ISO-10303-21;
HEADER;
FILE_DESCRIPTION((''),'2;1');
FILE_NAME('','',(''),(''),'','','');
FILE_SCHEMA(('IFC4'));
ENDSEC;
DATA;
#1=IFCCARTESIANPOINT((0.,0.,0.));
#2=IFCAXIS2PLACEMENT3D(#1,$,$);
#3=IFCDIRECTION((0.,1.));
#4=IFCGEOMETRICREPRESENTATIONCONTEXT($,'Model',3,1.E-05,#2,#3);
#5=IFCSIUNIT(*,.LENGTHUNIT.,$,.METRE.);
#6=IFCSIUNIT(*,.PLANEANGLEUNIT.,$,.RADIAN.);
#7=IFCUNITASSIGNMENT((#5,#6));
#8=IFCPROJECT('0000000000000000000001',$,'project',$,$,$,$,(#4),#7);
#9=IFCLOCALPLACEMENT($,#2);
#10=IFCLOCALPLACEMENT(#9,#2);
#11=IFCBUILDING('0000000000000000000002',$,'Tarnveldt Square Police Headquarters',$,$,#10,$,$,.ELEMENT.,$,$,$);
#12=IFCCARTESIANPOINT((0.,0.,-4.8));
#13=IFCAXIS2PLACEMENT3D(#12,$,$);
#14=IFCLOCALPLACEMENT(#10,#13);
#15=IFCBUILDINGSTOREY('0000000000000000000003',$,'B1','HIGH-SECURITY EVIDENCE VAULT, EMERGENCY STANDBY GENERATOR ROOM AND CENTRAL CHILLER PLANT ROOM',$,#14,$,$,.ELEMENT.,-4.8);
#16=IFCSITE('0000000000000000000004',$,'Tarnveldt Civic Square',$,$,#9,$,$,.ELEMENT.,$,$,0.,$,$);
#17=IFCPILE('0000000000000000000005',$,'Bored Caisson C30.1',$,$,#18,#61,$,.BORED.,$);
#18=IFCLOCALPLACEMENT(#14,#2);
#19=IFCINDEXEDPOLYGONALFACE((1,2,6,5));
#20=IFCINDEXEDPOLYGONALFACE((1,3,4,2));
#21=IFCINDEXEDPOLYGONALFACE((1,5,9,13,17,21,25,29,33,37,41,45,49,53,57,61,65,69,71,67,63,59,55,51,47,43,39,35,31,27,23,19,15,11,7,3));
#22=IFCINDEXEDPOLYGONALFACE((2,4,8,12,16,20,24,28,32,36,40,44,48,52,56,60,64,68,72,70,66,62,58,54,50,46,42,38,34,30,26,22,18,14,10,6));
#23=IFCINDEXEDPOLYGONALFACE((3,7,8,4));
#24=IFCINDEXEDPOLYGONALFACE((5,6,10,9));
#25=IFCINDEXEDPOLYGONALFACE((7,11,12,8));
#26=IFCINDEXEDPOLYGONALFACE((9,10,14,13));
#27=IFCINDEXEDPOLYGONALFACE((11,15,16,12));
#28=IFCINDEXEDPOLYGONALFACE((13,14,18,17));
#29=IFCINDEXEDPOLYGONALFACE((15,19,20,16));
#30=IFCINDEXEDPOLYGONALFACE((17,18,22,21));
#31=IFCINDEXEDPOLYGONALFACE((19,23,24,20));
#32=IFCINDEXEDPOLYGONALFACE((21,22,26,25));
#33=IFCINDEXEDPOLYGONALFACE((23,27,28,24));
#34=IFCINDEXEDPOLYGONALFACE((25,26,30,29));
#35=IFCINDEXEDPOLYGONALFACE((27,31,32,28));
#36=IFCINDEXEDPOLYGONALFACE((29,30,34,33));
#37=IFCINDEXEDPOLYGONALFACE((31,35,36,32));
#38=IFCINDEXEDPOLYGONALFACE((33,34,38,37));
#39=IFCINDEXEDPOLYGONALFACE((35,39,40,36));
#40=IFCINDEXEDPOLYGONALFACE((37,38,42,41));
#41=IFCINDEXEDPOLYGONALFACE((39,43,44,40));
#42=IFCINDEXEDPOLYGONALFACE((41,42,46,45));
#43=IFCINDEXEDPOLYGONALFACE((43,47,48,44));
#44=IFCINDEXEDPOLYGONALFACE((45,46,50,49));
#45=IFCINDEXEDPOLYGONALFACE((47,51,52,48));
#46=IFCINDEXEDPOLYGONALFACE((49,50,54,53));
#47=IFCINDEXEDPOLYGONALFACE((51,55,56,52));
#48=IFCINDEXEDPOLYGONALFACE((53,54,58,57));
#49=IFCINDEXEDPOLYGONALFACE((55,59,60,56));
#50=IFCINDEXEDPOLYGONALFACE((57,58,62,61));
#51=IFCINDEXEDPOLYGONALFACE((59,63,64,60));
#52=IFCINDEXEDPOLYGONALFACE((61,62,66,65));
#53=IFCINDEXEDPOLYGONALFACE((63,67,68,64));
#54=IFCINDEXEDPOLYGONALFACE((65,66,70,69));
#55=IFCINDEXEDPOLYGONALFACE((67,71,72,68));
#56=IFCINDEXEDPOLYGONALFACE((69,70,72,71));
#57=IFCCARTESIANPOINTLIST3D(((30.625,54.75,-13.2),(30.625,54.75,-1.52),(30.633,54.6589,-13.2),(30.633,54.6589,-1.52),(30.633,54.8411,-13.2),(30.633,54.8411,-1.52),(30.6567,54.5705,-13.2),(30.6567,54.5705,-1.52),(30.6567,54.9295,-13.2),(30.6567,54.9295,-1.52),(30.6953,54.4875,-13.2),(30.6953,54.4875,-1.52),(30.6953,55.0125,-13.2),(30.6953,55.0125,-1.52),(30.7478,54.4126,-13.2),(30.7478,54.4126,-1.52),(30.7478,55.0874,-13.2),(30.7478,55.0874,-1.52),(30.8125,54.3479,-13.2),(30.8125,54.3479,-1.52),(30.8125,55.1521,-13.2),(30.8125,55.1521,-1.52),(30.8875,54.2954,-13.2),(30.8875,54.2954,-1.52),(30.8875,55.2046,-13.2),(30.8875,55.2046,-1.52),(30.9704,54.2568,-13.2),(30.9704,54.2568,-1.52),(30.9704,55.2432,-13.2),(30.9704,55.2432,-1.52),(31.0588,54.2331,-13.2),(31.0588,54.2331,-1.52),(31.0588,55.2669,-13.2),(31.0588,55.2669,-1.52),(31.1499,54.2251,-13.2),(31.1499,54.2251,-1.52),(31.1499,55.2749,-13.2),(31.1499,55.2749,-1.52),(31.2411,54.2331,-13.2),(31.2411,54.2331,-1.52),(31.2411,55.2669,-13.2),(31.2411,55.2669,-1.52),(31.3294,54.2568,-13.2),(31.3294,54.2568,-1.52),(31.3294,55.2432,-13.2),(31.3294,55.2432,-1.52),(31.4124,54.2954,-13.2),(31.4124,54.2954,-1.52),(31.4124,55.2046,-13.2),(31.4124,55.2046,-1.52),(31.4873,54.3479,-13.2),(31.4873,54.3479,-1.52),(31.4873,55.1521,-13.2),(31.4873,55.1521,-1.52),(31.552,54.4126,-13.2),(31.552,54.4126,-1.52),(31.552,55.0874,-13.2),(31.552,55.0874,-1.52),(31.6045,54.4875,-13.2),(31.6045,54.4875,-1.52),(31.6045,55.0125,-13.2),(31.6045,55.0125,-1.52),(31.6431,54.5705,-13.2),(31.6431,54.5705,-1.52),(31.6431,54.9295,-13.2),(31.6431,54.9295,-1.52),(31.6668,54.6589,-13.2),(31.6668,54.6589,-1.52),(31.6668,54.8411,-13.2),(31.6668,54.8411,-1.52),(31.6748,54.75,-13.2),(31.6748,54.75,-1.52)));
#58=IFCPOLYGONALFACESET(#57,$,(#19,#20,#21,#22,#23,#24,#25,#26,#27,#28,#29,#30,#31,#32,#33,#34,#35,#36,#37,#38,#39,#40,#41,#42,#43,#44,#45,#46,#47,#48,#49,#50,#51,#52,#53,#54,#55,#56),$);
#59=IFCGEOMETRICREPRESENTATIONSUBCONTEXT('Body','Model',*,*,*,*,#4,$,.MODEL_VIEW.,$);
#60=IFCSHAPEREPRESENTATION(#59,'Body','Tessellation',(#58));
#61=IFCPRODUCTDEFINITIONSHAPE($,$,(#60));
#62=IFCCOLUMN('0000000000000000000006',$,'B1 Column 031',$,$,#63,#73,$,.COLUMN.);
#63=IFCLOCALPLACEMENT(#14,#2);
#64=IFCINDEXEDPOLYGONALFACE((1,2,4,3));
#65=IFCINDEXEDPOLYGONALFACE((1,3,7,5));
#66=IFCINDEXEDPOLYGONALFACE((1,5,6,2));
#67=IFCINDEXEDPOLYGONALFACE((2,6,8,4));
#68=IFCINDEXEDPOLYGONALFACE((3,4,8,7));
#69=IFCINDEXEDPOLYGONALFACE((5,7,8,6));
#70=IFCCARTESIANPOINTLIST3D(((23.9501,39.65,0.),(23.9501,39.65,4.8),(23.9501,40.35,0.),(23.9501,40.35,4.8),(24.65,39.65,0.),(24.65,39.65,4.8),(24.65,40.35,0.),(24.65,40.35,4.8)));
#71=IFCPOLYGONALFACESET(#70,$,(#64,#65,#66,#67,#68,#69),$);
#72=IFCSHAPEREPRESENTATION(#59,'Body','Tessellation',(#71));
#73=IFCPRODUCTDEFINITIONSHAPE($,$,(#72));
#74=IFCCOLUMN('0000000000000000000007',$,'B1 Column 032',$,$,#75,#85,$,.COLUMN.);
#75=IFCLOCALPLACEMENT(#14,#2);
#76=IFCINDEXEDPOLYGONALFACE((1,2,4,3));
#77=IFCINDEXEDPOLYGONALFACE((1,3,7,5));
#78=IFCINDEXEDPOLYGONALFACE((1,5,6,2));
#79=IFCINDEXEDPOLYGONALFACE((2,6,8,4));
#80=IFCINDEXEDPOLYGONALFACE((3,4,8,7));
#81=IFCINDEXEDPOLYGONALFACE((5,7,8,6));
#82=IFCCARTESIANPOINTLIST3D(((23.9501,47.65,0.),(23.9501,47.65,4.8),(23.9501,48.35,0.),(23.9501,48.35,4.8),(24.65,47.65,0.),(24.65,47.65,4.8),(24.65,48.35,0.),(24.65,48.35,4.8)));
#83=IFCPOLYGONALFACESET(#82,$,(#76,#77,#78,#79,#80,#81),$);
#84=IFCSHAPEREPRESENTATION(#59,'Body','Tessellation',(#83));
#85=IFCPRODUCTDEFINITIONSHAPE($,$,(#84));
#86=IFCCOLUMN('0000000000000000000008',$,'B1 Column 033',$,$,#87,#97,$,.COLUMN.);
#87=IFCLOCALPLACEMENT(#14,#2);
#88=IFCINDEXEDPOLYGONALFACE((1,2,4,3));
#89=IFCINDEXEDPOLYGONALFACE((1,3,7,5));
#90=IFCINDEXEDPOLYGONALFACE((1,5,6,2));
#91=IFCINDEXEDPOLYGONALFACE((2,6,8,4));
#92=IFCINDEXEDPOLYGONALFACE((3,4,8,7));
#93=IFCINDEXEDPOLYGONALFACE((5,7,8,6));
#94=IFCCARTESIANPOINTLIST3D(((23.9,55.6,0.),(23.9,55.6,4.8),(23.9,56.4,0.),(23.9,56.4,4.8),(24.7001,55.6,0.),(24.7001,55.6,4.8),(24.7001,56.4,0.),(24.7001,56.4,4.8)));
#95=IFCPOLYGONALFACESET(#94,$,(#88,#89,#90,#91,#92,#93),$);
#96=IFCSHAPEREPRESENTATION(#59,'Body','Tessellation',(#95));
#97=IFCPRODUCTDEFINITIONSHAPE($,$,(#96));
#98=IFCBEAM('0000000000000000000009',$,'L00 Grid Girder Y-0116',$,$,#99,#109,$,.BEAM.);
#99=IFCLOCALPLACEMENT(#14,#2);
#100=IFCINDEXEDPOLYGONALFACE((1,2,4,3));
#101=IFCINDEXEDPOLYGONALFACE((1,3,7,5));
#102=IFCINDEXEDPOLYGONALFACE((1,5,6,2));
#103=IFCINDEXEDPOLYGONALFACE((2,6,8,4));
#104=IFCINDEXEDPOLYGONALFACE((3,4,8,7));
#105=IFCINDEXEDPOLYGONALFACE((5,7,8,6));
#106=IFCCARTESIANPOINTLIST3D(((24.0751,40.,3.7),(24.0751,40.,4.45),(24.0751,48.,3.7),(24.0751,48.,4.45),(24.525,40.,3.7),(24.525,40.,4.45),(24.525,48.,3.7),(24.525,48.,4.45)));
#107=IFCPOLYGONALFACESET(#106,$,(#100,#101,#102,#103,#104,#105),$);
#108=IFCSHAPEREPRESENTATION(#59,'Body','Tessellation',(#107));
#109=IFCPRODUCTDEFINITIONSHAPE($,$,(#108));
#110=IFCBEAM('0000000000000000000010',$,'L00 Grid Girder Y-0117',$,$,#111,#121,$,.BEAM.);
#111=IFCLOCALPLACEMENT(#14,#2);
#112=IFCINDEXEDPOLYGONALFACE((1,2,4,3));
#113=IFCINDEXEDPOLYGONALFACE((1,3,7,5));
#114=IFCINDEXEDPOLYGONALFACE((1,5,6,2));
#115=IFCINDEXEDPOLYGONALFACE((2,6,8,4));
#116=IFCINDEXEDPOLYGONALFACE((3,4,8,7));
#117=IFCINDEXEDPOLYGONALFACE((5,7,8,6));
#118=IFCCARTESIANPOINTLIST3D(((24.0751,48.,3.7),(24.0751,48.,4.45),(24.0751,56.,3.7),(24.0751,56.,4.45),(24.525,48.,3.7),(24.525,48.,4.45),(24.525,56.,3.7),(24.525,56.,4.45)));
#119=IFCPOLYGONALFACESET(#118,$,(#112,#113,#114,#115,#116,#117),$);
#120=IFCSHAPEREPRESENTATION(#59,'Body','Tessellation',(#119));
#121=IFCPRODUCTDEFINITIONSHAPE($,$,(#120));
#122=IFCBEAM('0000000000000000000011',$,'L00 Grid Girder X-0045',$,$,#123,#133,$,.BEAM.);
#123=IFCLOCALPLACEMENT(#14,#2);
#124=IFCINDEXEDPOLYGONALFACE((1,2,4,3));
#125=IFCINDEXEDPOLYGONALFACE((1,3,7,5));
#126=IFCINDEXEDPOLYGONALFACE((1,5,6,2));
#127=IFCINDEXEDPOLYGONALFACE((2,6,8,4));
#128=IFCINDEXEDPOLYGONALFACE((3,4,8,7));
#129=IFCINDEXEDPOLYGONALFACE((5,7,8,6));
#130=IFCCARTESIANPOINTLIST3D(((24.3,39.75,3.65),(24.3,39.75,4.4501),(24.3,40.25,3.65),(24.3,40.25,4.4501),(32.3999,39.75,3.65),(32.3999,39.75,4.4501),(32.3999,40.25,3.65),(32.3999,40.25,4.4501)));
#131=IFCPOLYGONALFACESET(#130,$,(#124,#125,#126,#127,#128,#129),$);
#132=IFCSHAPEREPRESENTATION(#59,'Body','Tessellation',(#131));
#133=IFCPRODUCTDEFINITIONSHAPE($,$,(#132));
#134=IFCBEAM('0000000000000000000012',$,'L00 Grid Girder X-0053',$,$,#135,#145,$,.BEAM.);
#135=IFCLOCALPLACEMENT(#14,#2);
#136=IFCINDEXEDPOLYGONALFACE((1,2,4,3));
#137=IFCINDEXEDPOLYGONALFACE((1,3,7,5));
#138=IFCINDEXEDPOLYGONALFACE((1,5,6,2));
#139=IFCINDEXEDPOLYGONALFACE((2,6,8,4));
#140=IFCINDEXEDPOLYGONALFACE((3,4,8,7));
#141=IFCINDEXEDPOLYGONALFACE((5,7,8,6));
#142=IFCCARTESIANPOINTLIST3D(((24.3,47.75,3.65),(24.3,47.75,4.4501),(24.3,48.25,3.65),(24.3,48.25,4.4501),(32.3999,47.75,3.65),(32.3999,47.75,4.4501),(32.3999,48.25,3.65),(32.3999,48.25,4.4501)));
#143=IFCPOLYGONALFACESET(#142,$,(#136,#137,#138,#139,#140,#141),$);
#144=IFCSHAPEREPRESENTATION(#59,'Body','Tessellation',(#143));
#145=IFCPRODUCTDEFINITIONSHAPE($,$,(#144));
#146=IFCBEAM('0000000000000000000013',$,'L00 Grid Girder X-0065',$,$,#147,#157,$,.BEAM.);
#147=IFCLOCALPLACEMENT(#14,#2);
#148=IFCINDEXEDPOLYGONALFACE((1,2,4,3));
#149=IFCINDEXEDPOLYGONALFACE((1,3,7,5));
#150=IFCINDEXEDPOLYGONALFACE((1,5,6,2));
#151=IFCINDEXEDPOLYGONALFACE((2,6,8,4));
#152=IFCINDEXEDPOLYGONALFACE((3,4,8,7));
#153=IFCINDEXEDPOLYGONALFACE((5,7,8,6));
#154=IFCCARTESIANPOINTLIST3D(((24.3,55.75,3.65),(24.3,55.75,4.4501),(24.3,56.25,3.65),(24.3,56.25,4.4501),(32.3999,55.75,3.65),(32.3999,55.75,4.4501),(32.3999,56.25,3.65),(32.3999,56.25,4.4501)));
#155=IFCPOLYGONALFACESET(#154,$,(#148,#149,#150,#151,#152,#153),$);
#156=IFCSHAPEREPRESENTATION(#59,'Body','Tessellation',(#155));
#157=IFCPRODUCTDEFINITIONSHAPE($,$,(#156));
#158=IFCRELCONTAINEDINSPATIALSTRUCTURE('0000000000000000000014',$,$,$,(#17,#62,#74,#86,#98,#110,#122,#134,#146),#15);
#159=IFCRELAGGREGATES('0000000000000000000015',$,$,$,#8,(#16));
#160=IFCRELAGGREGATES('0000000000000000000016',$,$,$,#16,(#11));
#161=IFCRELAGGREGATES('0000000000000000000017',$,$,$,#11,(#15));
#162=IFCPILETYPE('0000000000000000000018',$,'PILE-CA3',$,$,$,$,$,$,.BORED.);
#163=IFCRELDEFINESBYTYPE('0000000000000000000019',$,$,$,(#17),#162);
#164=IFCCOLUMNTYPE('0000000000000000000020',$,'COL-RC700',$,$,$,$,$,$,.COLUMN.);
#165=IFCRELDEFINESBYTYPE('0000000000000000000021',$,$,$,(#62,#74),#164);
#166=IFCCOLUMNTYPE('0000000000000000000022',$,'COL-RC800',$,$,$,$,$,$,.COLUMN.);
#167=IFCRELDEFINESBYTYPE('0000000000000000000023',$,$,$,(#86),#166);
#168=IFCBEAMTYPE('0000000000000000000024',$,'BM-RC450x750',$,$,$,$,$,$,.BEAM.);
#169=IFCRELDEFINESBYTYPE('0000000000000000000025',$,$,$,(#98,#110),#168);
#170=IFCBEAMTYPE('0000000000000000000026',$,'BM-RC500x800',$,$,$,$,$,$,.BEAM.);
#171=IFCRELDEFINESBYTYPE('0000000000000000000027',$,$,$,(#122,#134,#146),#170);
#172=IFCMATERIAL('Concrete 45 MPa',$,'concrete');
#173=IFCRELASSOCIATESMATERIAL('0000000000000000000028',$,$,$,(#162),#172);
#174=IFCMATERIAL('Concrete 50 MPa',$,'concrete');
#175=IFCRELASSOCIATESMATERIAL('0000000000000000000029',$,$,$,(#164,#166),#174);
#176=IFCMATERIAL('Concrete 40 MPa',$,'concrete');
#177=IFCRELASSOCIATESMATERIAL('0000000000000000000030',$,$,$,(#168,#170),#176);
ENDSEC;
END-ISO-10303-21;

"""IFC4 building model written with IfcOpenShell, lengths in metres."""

from ifc_helpers import new_model, si_unit, direction, frame, origin, origin_2d, place, context, subcontext, project, spatial, rectangle, circle, extrude, material, material_profile, profile_set, type_object, element, save


model = new_model("IFC4")

# Units and contexts
model_context = context("Model", 3, precision=1e-05, world=origin(), true_north=direction((0.0, 1.0)))
body_context = subcontext(model_context, "Body", "Model", "MODEL_VIEW")
ifc_project = project(units=[si_unit("LENGTHUNIT", "METRE"), si_unit("PLANEANGLEUNIT", "RADIAN")], contexts=[model_context])

# Site, building, storey
site_placement = place(None, origin())
site = spatial("IfcSite", under=ifc_project, at=site_placement, Name="Tarnveldt Civic Square", CompositionType="ELEMENT", RefElevation=0.0)
building_placement = place(site_placement, origin())
building = spatial("IfcBuilding", under=site, at=building_placement, Name="Tarnveldt Square Police Headquarters", CompositionType="ELEMENT")
storey_placement = place(building_placement, frame((0.0, 0.0, -4.8)))
storey = spatial("IfcBuildingStorey", under=building, at=storey_placement, Name="B1", Description="HIGH-SECURITY EVIDENCE VAULT, EMERGENCY STANDBY GENERATOR ROOM AND CENTRAL CHILLER PLANT ROOM", CompositionType="ELEMENT", Elevation=-4.8)

# Shared definitions
ifc_material_1 = material(Name="Concrete 45 MPa", Category="concrete")

# Pile
ifc_material_profile_1 = material_profile(ifc_material_1, circle(Radius=0.5249, at=origin_2d()), Name="CAISSON-D1050")
ifc_profile_set_1 = profile_set([ifc_material_profile_1], Name="Concrete 45 MPa")
pile_type_1 = type_object("IfcPileType", Name="PILE-CA3", PredefinedType="BORED", material=ifc_profile_set_1)
for number, where, z_axis, x_axis, name in (
    (1, (31.1499, 54.75, -1.52), (0.0, 0.0, -1.0), (1.0, 0.0, 0.0), "Bored Caisson C30.1"),
):
    element("IfcPile", number, at=place(storey_placement, frame(where, z_axis=z_axis, x_axis=x_axis)), inside=storey, type_object=pile_type_1, Name=name, PredefinedType="BORED", context=body_context, shape_type="SweptSolid", body=[
        extrude(circle(Radius=0.5249, at=origin_2d()), origin(), (0.0, 0.0, 1.0), 11.6799),
    ])

# Columns
ifc_material_2 = material(Name="Concrete 50 MPa", Category="concrete")
ifc_material_profile_2 = material_profile(ifc_material_2, rectangle(XDim=0.7, YDim=0.7, at=origin_2d()), Name="RC-C700x700")
ifc_profile_set_2 = profile_set([ifc_material_profile_2], Name="Concrete 50 MPa")
column_type_1 = type_object("IfcColumnType", Name="COL-RC700", PredefinedType="COLUMN", material=ifc_profile_set_2)
for number, where, z_axis, x_axis, name in (
    (2, (24.3, 40.0, 0.0), (0.0, 0.0, 1.0), (1.0, 0.0, 0.0), "B1 Column 031"),
    (3, (24.3, 48.0, 0.0), (0.0, 0.0, 1.0), (1.0, 0.0, 0.0), "B1 Column 032"),
):
    element("IfcColumn", number, at=place(storey_placement, frame(where, z_axis=z_axis, x_axis=x_axis)), inside=storey, type_object=column_type_1, Name=name, PredefinedType="COLUMN", context=body_context, shape_type="SweptSolid", body=[
        extrude(rectangle(XDim=0.7, YDim=0.7, at=origin_2d()), origin(), (0.0, 0.0, 1.0), 4.8),
    ])
ifc_material_profile_3 = material_profile(ifc_material_2, rectangle(XDim=0.8, YDim=0.8, at=origin_2d()), Name="RC-C800x800")
ifc_profile_set_3 = profile_set([ifc_material_profile_3], Name="Concrete 50 MPa")
column_type_2 = type_object("IfcColumnType", Name="COL-RC800", PredefinedType="COLUMN", material=ifc_profile_set_3)
column_placement = place(storey_placement, frame((24.3, 56.0, 0.0), z_axis=(0.0, 0.0, 1.0), x_axis=(1.0, 0.0, 0.0)))
element("IfcColumn", 4, at=column_placement, inside=storey, type_object=column_type_2, Name="B1 Column 033", PredefinedType="COLUMN", context=body_context, shape_type="SweptSolid", body=[
    extrude(rectangle(XDim=0.8, YDim=0.8, at=origin_2d()), origin(), (0.0, 0.0, 1.0), 4.8),
])

# Beams
ifc_material_3 = material(Name="Concrete 40 MPa", Category="concrete")
ifc_material_profile_4 = material_profile(ifc_material_3, rectangle(XDim=0.45, YDim=0.75, at=origin_2d()), Name="RC-B450x750")
ifc_profile_set_4 = profile_set([ifc_material_profile_4], Name="Concrete 40 MPa")
beam_type_1 = type_object("IfcBeamType", Name="BM-RC450x750", PredefinedType="BEAM", material=ifc_profile_set_4)
for number, where, z_axis, x_axis, name in (
    (5, (24.3, 40.0, 4.075), (0.0, 1.0, 0.0), (-1.0, 0.0, 0.0), "L00 Grid Girder Y-0116"),
    (6, (24.3, 48.0, 4.075), (0.0, 1.0, 0.0), (-1.0, 0.0, 0.0), "L00 Grid Girder Y-0117"),
):
    element("IfcBeam", number, at=place(storey_placement, frame(where, z_axis=z_axis, x_axis=x_axis)), inside=storey, type_object=beam_type_1, Name=name, PredefinedType="BEAM", context=body_context, shape_type="SweptSolid", body=[
        extrude(rectangle(XDim=0.45, YDim=0.75, at=origin_2d()), origin(), (0.0, 0.0, 1.0), 8.0),
    ])
ifc_material_profile_5 = material_profile(ifc_material_3, rectangle(XDim=0.5, YDim=0.8, at=origin_2d()), Name="RC-B500x800")
ifc_profile_set_5 = profile_set([ifc_material_profile_5], Name="Concrete 40 MPa")
beam_type_2 = type_object("IfcBeamType", Name="BM-RC500x800", PredefinedType="BEAM", material=ifc_profile_set_5)
for number, where, z_axis, x_axis, name in (
    (7, (24.3, 40.0, 4.05), (1.0, 0.0, 0.0), (0.0, 1.0, 0.0), "L00 Grid Girder X-0045"),
    (8, (24.3, 48.0, 4.05), (1.0, 0.0, 0.0), (0.0, 1.0, 0.0), "L00 Grid Girder X-0053"),
    (9, (24.3, 56.0, 4.05), (1.0, 0.0, 0.0), (0.0, 1.0, 0.0), "L00 Grid Girder X-0065"),
):
    element("IfcBeam", number, at=place(storey_placement, frame(where, z_axis=z_axis, x_axis=x_axis)), inside=storey, type_object=beam_type_2, Name=name, PredefinedType="BEAM", context=body_context, shape_type="SweptSolid", body=[
        extrude(rectangle(XDim=0.5, YDim=0.8, at=origin_2d()), origin(), (0.0, 0.0, 1.0), 8.0999),
    ])

save(model, "model.ifc")
